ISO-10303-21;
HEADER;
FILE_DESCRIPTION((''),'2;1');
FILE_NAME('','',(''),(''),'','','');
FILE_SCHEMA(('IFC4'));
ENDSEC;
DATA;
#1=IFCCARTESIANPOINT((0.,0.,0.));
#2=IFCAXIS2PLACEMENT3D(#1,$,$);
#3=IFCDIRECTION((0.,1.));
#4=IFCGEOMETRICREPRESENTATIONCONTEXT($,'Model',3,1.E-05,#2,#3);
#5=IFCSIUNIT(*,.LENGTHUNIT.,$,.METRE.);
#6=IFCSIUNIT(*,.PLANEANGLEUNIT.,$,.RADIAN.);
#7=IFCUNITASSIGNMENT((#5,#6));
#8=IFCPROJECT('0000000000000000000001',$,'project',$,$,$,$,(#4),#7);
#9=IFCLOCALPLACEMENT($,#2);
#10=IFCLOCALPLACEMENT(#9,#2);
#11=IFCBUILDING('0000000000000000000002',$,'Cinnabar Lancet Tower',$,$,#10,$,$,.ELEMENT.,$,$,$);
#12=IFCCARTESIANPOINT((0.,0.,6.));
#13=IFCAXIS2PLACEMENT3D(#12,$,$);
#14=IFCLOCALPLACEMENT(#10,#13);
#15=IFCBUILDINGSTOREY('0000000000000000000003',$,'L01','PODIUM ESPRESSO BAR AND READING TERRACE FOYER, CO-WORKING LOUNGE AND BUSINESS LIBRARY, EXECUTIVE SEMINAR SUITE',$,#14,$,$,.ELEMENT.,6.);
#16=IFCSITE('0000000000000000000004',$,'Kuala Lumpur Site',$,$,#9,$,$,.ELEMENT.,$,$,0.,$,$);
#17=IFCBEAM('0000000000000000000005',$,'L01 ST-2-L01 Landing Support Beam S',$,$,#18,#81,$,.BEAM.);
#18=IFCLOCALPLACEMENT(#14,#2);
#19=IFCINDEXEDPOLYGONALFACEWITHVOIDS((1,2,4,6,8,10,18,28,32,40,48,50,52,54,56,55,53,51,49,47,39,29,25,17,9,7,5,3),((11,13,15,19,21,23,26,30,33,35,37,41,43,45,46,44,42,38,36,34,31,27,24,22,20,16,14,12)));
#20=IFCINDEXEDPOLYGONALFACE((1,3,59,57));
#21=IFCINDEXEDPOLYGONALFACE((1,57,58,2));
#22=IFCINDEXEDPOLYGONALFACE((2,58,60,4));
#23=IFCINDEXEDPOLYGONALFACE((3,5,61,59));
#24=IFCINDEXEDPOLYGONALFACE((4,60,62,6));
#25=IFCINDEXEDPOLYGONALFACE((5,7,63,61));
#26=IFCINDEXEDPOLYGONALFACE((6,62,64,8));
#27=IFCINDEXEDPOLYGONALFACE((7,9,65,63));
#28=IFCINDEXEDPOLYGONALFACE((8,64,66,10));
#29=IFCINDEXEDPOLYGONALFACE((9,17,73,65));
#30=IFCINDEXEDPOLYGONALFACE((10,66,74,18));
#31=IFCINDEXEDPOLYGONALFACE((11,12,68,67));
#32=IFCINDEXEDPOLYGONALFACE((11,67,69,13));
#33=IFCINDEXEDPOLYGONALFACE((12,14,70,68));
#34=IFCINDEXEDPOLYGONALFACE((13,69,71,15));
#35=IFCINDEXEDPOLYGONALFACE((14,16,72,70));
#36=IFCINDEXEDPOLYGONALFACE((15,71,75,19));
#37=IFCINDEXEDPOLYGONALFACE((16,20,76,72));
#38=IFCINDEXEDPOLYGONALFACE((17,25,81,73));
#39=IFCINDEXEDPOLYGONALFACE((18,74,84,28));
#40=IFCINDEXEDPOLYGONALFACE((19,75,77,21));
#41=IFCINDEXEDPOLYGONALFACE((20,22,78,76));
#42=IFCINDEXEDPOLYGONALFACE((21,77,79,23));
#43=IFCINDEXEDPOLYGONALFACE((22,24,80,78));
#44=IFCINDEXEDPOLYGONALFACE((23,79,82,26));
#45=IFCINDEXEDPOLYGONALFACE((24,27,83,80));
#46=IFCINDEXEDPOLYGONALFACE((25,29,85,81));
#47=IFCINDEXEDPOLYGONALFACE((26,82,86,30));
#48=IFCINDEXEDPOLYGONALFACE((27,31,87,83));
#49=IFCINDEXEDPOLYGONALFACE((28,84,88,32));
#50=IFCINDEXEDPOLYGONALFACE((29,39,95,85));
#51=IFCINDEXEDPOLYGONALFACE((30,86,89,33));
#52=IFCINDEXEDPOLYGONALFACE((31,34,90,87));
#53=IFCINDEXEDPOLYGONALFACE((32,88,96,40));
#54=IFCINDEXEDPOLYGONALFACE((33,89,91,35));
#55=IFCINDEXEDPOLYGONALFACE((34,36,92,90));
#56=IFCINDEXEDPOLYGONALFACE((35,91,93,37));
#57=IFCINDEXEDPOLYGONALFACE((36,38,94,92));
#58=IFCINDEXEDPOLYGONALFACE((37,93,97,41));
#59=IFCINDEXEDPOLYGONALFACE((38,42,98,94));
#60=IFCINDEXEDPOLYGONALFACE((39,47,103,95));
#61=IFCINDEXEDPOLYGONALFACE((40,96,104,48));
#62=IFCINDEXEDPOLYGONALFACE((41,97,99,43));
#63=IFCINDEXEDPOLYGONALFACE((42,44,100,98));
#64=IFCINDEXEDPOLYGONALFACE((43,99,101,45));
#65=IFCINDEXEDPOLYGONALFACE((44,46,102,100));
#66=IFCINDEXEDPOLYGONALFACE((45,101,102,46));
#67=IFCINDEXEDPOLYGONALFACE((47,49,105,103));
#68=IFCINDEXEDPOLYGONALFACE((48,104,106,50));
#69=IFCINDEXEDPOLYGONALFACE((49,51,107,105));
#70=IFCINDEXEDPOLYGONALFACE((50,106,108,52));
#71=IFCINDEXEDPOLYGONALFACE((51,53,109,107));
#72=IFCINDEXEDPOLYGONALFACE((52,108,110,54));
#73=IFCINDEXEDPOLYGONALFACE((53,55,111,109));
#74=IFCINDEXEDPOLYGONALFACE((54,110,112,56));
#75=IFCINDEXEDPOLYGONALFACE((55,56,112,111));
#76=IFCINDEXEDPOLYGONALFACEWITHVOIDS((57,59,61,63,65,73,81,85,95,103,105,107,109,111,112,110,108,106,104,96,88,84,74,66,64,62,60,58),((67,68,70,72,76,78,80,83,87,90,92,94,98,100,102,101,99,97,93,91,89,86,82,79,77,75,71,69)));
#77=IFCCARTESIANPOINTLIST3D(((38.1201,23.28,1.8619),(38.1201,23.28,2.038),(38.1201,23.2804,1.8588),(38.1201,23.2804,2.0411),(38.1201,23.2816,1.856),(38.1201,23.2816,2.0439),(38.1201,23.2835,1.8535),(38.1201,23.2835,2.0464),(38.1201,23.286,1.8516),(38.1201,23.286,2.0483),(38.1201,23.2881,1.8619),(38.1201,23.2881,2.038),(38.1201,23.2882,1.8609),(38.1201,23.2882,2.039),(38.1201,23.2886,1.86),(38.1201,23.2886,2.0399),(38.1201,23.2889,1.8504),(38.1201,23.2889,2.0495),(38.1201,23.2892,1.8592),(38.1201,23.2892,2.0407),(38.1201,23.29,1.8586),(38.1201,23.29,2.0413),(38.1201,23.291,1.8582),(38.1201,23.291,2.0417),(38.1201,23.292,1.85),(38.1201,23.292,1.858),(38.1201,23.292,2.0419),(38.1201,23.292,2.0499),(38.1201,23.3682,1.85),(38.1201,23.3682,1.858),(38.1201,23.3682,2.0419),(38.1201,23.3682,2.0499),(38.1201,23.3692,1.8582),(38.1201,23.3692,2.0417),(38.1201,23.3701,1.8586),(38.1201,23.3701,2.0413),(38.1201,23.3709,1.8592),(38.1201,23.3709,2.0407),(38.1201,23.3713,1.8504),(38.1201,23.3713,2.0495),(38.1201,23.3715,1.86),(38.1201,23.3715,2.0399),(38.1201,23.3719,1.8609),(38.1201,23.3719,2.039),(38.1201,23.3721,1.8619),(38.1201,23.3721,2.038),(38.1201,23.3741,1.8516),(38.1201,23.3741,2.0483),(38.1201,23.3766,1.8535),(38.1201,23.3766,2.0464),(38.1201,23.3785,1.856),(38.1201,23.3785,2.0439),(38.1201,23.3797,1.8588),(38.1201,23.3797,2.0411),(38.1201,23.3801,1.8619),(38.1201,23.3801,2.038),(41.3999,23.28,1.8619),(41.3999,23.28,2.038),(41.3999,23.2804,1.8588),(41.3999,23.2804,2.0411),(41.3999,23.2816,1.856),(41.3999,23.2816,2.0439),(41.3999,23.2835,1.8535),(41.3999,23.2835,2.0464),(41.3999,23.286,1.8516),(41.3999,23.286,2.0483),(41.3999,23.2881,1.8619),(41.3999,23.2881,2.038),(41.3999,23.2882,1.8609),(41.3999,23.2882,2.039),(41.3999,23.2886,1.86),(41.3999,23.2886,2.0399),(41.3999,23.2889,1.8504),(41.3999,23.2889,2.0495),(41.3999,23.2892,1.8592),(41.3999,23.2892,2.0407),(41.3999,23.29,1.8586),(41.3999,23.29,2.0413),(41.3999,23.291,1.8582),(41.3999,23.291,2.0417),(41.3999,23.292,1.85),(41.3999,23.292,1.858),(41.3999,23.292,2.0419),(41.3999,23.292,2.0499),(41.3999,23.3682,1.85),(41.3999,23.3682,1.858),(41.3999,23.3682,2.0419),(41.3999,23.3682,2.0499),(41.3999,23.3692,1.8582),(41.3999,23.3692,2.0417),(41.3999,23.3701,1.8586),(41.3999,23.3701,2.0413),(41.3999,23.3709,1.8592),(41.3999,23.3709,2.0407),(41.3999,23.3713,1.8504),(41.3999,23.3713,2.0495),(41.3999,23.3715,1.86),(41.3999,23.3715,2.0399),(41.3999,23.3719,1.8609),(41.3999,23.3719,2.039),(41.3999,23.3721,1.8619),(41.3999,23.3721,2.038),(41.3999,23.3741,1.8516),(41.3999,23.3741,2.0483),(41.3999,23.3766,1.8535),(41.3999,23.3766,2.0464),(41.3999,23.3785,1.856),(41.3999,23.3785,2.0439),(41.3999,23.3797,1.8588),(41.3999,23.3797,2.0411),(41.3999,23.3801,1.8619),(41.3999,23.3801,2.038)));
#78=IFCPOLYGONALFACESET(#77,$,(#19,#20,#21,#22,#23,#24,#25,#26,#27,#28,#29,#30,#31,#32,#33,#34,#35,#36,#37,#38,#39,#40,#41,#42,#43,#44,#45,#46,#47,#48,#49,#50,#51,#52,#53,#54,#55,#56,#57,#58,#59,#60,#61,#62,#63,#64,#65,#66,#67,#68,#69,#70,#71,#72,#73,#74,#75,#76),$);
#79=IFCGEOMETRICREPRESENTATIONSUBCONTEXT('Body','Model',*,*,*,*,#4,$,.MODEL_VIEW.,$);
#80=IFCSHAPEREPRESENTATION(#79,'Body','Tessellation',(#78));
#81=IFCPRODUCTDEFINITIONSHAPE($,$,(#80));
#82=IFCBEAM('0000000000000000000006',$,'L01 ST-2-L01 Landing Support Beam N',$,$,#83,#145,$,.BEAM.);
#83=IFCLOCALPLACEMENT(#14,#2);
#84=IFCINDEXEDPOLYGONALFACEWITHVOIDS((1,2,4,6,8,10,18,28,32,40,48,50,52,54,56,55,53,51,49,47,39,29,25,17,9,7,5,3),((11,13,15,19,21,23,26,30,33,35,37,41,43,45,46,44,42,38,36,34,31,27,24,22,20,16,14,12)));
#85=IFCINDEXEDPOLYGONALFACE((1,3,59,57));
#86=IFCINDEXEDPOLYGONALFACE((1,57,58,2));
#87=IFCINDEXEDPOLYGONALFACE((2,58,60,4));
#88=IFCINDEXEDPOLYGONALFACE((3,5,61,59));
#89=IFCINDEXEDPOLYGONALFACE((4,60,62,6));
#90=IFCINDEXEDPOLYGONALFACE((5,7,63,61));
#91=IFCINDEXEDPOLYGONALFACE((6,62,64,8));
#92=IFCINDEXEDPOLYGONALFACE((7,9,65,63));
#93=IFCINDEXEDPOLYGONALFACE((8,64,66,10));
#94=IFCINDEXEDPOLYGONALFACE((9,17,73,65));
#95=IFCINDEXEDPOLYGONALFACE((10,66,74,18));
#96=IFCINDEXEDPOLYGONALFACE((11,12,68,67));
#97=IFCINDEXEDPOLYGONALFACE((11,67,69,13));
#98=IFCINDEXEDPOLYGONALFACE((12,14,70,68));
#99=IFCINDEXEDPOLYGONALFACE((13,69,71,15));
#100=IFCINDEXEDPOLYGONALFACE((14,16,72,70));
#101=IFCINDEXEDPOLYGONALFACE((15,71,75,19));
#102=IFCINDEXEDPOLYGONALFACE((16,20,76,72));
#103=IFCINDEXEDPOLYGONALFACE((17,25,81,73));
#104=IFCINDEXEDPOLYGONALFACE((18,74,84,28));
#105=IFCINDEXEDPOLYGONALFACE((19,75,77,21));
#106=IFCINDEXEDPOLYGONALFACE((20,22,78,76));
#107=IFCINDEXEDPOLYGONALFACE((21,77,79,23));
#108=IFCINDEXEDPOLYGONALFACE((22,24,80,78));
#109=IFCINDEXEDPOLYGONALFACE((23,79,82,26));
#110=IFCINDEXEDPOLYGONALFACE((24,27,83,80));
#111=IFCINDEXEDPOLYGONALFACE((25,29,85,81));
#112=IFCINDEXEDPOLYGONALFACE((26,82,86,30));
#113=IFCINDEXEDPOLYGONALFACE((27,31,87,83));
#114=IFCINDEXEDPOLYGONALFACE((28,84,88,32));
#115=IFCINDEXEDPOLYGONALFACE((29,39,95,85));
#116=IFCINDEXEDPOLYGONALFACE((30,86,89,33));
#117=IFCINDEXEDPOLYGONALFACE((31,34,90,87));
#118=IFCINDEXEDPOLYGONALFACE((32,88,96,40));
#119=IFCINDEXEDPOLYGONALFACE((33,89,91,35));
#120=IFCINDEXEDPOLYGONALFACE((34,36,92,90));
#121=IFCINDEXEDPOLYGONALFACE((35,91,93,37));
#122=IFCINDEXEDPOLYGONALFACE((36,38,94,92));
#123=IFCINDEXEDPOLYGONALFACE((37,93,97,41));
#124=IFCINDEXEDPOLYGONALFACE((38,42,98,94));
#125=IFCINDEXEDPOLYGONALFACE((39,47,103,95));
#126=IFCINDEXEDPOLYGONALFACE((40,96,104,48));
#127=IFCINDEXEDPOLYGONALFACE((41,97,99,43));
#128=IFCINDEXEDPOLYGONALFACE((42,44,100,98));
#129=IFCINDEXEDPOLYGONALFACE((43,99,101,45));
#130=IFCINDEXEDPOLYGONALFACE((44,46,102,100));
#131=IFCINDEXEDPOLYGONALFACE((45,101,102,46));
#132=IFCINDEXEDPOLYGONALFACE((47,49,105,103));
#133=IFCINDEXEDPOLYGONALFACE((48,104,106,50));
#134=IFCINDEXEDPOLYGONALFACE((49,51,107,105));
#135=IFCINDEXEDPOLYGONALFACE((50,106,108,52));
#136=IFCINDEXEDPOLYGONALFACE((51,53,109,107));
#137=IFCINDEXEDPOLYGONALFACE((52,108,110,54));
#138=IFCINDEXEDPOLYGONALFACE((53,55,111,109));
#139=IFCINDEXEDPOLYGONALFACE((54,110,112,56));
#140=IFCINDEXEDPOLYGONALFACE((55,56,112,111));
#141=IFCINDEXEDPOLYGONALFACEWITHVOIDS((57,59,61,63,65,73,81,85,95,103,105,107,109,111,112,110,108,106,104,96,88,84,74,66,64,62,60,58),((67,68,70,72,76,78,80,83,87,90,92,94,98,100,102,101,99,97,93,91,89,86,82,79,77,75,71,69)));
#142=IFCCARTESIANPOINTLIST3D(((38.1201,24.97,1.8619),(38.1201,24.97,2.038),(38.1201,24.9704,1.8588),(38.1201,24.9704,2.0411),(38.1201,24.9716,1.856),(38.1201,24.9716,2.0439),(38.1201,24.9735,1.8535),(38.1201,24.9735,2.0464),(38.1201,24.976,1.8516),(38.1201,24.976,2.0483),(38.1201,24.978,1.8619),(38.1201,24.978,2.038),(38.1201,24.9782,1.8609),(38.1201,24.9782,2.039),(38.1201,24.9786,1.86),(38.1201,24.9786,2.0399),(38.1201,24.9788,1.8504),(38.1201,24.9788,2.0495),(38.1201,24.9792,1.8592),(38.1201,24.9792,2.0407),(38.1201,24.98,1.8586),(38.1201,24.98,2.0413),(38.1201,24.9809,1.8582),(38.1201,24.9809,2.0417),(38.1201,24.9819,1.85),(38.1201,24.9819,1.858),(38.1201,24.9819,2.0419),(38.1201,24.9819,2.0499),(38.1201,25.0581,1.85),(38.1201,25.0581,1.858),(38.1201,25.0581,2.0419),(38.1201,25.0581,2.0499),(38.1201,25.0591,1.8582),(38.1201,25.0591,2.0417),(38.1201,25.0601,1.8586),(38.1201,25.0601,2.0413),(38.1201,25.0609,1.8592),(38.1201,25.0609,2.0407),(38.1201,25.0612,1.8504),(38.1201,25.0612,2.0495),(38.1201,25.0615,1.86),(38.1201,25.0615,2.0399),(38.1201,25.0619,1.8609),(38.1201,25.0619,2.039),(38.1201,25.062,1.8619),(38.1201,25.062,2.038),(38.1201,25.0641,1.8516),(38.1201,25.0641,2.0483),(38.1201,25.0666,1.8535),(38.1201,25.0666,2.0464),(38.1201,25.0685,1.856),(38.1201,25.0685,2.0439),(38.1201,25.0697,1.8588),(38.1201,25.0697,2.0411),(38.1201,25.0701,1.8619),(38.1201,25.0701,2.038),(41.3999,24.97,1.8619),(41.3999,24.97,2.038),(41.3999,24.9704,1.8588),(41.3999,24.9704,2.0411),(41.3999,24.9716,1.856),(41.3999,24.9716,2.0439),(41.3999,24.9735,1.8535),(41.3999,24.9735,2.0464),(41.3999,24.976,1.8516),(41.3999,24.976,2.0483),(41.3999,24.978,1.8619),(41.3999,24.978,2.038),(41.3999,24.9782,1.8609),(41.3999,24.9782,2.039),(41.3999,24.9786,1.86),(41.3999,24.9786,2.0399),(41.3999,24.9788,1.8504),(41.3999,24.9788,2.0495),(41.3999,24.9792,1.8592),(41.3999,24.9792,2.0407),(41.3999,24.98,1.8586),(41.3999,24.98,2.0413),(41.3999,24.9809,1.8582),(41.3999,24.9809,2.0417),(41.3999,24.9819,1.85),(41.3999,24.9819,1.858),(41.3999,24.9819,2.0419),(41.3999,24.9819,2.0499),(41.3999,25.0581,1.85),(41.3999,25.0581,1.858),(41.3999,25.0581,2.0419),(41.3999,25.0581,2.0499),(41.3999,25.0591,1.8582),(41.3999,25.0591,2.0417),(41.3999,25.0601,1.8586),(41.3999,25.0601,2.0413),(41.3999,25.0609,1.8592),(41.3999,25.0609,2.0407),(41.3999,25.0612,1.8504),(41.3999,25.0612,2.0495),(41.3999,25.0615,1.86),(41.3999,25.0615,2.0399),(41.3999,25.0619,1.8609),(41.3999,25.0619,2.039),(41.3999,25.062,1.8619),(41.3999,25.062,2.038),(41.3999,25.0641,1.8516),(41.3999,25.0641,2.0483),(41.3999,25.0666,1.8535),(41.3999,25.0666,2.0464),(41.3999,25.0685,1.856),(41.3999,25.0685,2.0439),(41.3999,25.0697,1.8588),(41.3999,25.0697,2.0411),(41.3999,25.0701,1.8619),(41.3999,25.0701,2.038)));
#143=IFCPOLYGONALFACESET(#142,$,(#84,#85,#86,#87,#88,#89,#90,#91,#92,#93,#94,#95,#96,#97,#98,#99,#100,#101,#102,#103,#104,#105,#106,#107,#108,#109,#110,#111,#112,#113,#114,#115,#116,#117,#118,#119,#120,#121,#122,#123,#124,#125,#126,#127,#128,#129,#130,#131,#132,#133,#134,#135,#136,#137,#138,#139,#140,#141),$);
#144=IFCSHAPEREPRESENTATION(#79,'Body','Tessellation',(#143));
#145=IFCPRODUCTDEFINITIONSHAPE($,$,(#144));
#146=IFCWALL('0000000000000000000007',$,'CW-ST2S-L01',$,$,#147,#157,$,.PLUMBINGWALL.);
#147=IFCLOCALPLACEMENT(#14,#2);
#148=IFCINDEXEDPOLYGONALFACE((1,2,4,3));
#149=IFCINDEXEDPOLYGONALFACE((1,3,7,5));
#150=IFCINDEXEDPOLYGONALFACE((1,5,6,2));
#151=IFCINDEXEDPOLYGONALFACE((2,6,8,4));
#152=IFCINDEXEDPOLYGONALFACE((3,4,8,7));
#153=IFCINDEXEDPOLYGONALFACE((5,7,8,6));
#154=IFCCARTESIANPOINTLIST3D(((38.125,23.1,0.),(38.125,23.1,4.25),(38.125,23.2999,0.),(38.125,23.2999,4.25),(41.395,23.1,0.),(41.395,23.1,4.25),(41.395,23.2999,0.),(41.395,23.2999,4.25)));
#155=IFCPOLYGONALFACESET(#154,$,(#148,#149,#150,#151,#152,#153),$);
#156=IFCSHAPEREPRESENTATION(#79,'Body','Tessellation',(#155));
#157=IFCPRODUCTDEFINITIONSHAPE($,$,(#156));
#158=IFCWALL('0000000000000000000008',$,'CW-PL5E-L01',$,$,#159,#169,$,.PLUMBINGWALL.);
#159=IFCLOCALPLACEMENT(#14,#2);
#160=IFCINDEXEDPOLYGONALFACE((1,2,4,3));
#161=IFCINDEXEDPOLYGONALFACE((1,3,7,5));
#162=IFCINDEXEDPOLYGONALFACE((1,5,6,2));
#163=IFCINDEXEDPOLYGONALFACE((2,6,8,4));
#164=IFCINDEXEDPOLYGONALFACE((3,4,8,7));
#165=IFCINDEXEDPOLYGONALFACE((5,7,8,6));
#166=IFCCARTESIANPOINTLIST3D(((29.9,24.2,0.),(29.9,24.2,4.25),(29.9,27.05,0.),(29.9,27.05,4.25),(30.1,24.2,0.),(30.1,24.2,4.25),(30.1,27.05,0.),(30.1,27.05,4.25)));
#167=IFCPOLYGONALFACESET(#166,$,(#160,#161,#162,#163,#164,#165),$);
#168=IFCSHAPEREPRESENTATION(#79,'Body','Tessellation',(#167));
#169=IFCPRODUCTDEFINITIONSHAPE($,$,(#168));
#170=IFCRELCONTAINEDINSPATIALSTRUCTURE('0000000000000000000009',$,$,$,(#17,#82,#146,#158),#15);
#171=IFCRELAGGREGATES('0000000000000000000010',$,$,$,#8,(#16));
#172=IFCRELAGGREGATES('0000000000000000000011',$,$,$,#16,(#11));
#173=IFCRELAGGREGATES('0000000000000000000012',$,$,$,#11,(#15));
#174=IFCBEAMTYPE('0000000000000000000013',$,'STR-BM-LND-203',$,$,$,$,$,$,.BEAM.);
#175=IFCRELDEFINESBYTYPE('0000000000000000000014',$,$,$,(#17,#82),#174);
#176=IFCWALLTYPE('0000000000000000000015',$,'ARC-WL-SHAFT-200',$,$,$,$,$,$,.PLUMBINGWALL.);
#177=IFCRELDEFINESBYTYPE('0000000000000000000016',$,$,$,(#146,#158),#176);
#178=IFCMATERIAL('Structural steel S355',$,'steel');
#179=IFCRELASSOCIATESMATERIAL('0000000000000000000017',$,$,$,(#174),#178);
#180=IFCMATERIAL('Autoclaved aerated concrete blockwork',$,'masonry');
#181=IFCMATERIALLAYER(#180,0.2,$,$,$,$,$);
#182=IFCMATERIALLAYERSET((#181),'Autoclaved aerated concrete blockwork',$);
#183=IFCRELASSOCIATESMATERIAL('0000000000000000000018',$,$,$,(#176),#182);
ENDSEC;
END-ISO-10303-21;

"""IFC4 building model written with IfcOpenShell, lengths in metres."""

from ifc_helpers import new_model, si_unit, direction, frame, frame_2d, origin, origin_2d, place, context, subcontext, project, spatial, rectangle, hollow_rectangle, extrude, material, layer, layer_set, material_profile, profile_set, type_object, element, save


model = new_model("IFC4")

# Units and contexts
model_context = context("Model", 3, precision=1e-05, world=origin(), true_north=direction((0.0, 1.0)))
body_context = subcontext(model_context, "Body", "Model", "MODEL_VIEW")
ifc_project = project(units=[si_unit("LENGTHUNIT", "METRE"), si_unit("PLANEANGLEUNIT", "RADIAN")], contexts=[model_context])

# Site, building, storey
site_placement = place(None, origin())
site = spatial("IfcSite", under=ifc_project, at=site_placement, Name="Kuala Lumpur Site", CompositionType="ELEMENT", RefElevation=0.0)
building_placement = place(site_placement, origin())
building = spatial("IfcBuilding", under=site, at=building_placement, Name="Cinnabar Lancet Tower", CompositionType="ELEMENT")
storey_placement = place(building_placement, frame((0.0, 0.0, 6.0)))
storey = spatial("IfcBuildingStorey", under=building, at=storey_placement, Name="L01", Description="PODIUM ESPRESSO BAR AND READING TERRACE FOYER, CO-WORKING LOUNGE AND BUSINESS LIBRARY, EXECUTIVE SEMINAR SUITE", CompositionType="ELEMENT", Elevation=6.0)

# Beams
ifc_material_1 = material(Name="Structural steel S355", Category="steel")
ifc_material_profile = material_profile(ifc_material_1, hollow_rectangle(XDim=0.1001, YDim=0.2, WallThickness=0.0081, InnerFilletRadius=0.0039, OuterFilletRadius=0.012, at=origin_2d()), Name="RHS 200x100x8")
ifc_profile_set = profile_set([ifc_material_profile], Name="Structural steel S355")
beam_type = type_object("IfcBeamType", Name="STR-BM-LND-203", PredefinedType="BEAM", material=ifc_profile_set)
for number, where, z_axis, x_axis, name in (
    (1, (38.1201, 23.3301, 1.95), (1.0, 0.0, 0.0), (0.0, 1.0, 0.0), "L01 ST-2-L01 Landing Support Beam S"),
    (2, (38.1201, 25.02, 1.95), (1.0, 0.0, 0.0), (0.0, 1.0, 0.0), "L01 ST-2-L01 Landing Support Beam N"),
):
    element("IfcBeam", number, at=place(storey_placement, frame(where, z_axis=z_axis, x_axis=x_axis)), inside=storey, type_object=beam_type, Name=name, PredefinedType="BEAM", context=body_context, shape_type="SweptSolid", body=[
        extrude(hollow_rectangle(XDim=0.1001, YDim=0.2, WallThickness=0.0081, InnerFilletRadius=0.0039, OuterFilletRadius=0.012, at=origin_2d()), origin(), (0.0, 0.0, 1.0), 3.2798),
    ])

# Wall
ifc_material_2 = material(Name="Autoclaved aerated concrete blockwork", Category="masonry")
ifc_layer_1 = layer(ifc_material_2, 0.2)
ifc_layer_set_1 = layer_set([ifc_layer_1], Name="Autoclaved aerated concrete blockwork")
wall_type_1 = type_object("IfcWallType", Name="ARC-WL-SHAFT-200", PredefinedType="PLUMBINGWALL", material=ifc_layer_set_1)
wall_1_placement = place(storey_placement, frame((38.125, 23.2, 0.0), z_axis=(0.0, 0.0, 1.0), x_axis=(1.0, 0.0, 0.0)))
element("IfcWall", 3, at=wall_1_placement, inside=storey, type_object=wall_type_1, Name="CW-ST2S-L01", PredefinedType="PLUMBINGWALL", context=body_context, shape_type="SweptSolid", body=[
    extrude(rectangle(XDim=3.27, YDim=0.2, at=frame_2d((1.635, 0.0))), origin(), (0.0, 0.0, 1.0), 4.25),
])

# Wall
wall_2_placement = place(storey_placement, frame((30.0, 24.2, 0.0), z_axis=(0.0, 0.0, 1.0), x_axis=(0.0, 1.0, 0.0)))
element("IfcWall", 4, at=wall_2_placement, inside=storey, type_object=wall_type_1, Name="CW-PL5E-L01", PredefinedType="PLUMBINGWALL", context=body_context, shape_type="SweptSolid", body=[
    extrude(rectangle(XDim=2.8501, YDim=0.2, at=frame_2d((1.425, 0.0))), origin(), (0.0, 0.0, 1.0), 4.25),
])

save(model, "model.ifc")
